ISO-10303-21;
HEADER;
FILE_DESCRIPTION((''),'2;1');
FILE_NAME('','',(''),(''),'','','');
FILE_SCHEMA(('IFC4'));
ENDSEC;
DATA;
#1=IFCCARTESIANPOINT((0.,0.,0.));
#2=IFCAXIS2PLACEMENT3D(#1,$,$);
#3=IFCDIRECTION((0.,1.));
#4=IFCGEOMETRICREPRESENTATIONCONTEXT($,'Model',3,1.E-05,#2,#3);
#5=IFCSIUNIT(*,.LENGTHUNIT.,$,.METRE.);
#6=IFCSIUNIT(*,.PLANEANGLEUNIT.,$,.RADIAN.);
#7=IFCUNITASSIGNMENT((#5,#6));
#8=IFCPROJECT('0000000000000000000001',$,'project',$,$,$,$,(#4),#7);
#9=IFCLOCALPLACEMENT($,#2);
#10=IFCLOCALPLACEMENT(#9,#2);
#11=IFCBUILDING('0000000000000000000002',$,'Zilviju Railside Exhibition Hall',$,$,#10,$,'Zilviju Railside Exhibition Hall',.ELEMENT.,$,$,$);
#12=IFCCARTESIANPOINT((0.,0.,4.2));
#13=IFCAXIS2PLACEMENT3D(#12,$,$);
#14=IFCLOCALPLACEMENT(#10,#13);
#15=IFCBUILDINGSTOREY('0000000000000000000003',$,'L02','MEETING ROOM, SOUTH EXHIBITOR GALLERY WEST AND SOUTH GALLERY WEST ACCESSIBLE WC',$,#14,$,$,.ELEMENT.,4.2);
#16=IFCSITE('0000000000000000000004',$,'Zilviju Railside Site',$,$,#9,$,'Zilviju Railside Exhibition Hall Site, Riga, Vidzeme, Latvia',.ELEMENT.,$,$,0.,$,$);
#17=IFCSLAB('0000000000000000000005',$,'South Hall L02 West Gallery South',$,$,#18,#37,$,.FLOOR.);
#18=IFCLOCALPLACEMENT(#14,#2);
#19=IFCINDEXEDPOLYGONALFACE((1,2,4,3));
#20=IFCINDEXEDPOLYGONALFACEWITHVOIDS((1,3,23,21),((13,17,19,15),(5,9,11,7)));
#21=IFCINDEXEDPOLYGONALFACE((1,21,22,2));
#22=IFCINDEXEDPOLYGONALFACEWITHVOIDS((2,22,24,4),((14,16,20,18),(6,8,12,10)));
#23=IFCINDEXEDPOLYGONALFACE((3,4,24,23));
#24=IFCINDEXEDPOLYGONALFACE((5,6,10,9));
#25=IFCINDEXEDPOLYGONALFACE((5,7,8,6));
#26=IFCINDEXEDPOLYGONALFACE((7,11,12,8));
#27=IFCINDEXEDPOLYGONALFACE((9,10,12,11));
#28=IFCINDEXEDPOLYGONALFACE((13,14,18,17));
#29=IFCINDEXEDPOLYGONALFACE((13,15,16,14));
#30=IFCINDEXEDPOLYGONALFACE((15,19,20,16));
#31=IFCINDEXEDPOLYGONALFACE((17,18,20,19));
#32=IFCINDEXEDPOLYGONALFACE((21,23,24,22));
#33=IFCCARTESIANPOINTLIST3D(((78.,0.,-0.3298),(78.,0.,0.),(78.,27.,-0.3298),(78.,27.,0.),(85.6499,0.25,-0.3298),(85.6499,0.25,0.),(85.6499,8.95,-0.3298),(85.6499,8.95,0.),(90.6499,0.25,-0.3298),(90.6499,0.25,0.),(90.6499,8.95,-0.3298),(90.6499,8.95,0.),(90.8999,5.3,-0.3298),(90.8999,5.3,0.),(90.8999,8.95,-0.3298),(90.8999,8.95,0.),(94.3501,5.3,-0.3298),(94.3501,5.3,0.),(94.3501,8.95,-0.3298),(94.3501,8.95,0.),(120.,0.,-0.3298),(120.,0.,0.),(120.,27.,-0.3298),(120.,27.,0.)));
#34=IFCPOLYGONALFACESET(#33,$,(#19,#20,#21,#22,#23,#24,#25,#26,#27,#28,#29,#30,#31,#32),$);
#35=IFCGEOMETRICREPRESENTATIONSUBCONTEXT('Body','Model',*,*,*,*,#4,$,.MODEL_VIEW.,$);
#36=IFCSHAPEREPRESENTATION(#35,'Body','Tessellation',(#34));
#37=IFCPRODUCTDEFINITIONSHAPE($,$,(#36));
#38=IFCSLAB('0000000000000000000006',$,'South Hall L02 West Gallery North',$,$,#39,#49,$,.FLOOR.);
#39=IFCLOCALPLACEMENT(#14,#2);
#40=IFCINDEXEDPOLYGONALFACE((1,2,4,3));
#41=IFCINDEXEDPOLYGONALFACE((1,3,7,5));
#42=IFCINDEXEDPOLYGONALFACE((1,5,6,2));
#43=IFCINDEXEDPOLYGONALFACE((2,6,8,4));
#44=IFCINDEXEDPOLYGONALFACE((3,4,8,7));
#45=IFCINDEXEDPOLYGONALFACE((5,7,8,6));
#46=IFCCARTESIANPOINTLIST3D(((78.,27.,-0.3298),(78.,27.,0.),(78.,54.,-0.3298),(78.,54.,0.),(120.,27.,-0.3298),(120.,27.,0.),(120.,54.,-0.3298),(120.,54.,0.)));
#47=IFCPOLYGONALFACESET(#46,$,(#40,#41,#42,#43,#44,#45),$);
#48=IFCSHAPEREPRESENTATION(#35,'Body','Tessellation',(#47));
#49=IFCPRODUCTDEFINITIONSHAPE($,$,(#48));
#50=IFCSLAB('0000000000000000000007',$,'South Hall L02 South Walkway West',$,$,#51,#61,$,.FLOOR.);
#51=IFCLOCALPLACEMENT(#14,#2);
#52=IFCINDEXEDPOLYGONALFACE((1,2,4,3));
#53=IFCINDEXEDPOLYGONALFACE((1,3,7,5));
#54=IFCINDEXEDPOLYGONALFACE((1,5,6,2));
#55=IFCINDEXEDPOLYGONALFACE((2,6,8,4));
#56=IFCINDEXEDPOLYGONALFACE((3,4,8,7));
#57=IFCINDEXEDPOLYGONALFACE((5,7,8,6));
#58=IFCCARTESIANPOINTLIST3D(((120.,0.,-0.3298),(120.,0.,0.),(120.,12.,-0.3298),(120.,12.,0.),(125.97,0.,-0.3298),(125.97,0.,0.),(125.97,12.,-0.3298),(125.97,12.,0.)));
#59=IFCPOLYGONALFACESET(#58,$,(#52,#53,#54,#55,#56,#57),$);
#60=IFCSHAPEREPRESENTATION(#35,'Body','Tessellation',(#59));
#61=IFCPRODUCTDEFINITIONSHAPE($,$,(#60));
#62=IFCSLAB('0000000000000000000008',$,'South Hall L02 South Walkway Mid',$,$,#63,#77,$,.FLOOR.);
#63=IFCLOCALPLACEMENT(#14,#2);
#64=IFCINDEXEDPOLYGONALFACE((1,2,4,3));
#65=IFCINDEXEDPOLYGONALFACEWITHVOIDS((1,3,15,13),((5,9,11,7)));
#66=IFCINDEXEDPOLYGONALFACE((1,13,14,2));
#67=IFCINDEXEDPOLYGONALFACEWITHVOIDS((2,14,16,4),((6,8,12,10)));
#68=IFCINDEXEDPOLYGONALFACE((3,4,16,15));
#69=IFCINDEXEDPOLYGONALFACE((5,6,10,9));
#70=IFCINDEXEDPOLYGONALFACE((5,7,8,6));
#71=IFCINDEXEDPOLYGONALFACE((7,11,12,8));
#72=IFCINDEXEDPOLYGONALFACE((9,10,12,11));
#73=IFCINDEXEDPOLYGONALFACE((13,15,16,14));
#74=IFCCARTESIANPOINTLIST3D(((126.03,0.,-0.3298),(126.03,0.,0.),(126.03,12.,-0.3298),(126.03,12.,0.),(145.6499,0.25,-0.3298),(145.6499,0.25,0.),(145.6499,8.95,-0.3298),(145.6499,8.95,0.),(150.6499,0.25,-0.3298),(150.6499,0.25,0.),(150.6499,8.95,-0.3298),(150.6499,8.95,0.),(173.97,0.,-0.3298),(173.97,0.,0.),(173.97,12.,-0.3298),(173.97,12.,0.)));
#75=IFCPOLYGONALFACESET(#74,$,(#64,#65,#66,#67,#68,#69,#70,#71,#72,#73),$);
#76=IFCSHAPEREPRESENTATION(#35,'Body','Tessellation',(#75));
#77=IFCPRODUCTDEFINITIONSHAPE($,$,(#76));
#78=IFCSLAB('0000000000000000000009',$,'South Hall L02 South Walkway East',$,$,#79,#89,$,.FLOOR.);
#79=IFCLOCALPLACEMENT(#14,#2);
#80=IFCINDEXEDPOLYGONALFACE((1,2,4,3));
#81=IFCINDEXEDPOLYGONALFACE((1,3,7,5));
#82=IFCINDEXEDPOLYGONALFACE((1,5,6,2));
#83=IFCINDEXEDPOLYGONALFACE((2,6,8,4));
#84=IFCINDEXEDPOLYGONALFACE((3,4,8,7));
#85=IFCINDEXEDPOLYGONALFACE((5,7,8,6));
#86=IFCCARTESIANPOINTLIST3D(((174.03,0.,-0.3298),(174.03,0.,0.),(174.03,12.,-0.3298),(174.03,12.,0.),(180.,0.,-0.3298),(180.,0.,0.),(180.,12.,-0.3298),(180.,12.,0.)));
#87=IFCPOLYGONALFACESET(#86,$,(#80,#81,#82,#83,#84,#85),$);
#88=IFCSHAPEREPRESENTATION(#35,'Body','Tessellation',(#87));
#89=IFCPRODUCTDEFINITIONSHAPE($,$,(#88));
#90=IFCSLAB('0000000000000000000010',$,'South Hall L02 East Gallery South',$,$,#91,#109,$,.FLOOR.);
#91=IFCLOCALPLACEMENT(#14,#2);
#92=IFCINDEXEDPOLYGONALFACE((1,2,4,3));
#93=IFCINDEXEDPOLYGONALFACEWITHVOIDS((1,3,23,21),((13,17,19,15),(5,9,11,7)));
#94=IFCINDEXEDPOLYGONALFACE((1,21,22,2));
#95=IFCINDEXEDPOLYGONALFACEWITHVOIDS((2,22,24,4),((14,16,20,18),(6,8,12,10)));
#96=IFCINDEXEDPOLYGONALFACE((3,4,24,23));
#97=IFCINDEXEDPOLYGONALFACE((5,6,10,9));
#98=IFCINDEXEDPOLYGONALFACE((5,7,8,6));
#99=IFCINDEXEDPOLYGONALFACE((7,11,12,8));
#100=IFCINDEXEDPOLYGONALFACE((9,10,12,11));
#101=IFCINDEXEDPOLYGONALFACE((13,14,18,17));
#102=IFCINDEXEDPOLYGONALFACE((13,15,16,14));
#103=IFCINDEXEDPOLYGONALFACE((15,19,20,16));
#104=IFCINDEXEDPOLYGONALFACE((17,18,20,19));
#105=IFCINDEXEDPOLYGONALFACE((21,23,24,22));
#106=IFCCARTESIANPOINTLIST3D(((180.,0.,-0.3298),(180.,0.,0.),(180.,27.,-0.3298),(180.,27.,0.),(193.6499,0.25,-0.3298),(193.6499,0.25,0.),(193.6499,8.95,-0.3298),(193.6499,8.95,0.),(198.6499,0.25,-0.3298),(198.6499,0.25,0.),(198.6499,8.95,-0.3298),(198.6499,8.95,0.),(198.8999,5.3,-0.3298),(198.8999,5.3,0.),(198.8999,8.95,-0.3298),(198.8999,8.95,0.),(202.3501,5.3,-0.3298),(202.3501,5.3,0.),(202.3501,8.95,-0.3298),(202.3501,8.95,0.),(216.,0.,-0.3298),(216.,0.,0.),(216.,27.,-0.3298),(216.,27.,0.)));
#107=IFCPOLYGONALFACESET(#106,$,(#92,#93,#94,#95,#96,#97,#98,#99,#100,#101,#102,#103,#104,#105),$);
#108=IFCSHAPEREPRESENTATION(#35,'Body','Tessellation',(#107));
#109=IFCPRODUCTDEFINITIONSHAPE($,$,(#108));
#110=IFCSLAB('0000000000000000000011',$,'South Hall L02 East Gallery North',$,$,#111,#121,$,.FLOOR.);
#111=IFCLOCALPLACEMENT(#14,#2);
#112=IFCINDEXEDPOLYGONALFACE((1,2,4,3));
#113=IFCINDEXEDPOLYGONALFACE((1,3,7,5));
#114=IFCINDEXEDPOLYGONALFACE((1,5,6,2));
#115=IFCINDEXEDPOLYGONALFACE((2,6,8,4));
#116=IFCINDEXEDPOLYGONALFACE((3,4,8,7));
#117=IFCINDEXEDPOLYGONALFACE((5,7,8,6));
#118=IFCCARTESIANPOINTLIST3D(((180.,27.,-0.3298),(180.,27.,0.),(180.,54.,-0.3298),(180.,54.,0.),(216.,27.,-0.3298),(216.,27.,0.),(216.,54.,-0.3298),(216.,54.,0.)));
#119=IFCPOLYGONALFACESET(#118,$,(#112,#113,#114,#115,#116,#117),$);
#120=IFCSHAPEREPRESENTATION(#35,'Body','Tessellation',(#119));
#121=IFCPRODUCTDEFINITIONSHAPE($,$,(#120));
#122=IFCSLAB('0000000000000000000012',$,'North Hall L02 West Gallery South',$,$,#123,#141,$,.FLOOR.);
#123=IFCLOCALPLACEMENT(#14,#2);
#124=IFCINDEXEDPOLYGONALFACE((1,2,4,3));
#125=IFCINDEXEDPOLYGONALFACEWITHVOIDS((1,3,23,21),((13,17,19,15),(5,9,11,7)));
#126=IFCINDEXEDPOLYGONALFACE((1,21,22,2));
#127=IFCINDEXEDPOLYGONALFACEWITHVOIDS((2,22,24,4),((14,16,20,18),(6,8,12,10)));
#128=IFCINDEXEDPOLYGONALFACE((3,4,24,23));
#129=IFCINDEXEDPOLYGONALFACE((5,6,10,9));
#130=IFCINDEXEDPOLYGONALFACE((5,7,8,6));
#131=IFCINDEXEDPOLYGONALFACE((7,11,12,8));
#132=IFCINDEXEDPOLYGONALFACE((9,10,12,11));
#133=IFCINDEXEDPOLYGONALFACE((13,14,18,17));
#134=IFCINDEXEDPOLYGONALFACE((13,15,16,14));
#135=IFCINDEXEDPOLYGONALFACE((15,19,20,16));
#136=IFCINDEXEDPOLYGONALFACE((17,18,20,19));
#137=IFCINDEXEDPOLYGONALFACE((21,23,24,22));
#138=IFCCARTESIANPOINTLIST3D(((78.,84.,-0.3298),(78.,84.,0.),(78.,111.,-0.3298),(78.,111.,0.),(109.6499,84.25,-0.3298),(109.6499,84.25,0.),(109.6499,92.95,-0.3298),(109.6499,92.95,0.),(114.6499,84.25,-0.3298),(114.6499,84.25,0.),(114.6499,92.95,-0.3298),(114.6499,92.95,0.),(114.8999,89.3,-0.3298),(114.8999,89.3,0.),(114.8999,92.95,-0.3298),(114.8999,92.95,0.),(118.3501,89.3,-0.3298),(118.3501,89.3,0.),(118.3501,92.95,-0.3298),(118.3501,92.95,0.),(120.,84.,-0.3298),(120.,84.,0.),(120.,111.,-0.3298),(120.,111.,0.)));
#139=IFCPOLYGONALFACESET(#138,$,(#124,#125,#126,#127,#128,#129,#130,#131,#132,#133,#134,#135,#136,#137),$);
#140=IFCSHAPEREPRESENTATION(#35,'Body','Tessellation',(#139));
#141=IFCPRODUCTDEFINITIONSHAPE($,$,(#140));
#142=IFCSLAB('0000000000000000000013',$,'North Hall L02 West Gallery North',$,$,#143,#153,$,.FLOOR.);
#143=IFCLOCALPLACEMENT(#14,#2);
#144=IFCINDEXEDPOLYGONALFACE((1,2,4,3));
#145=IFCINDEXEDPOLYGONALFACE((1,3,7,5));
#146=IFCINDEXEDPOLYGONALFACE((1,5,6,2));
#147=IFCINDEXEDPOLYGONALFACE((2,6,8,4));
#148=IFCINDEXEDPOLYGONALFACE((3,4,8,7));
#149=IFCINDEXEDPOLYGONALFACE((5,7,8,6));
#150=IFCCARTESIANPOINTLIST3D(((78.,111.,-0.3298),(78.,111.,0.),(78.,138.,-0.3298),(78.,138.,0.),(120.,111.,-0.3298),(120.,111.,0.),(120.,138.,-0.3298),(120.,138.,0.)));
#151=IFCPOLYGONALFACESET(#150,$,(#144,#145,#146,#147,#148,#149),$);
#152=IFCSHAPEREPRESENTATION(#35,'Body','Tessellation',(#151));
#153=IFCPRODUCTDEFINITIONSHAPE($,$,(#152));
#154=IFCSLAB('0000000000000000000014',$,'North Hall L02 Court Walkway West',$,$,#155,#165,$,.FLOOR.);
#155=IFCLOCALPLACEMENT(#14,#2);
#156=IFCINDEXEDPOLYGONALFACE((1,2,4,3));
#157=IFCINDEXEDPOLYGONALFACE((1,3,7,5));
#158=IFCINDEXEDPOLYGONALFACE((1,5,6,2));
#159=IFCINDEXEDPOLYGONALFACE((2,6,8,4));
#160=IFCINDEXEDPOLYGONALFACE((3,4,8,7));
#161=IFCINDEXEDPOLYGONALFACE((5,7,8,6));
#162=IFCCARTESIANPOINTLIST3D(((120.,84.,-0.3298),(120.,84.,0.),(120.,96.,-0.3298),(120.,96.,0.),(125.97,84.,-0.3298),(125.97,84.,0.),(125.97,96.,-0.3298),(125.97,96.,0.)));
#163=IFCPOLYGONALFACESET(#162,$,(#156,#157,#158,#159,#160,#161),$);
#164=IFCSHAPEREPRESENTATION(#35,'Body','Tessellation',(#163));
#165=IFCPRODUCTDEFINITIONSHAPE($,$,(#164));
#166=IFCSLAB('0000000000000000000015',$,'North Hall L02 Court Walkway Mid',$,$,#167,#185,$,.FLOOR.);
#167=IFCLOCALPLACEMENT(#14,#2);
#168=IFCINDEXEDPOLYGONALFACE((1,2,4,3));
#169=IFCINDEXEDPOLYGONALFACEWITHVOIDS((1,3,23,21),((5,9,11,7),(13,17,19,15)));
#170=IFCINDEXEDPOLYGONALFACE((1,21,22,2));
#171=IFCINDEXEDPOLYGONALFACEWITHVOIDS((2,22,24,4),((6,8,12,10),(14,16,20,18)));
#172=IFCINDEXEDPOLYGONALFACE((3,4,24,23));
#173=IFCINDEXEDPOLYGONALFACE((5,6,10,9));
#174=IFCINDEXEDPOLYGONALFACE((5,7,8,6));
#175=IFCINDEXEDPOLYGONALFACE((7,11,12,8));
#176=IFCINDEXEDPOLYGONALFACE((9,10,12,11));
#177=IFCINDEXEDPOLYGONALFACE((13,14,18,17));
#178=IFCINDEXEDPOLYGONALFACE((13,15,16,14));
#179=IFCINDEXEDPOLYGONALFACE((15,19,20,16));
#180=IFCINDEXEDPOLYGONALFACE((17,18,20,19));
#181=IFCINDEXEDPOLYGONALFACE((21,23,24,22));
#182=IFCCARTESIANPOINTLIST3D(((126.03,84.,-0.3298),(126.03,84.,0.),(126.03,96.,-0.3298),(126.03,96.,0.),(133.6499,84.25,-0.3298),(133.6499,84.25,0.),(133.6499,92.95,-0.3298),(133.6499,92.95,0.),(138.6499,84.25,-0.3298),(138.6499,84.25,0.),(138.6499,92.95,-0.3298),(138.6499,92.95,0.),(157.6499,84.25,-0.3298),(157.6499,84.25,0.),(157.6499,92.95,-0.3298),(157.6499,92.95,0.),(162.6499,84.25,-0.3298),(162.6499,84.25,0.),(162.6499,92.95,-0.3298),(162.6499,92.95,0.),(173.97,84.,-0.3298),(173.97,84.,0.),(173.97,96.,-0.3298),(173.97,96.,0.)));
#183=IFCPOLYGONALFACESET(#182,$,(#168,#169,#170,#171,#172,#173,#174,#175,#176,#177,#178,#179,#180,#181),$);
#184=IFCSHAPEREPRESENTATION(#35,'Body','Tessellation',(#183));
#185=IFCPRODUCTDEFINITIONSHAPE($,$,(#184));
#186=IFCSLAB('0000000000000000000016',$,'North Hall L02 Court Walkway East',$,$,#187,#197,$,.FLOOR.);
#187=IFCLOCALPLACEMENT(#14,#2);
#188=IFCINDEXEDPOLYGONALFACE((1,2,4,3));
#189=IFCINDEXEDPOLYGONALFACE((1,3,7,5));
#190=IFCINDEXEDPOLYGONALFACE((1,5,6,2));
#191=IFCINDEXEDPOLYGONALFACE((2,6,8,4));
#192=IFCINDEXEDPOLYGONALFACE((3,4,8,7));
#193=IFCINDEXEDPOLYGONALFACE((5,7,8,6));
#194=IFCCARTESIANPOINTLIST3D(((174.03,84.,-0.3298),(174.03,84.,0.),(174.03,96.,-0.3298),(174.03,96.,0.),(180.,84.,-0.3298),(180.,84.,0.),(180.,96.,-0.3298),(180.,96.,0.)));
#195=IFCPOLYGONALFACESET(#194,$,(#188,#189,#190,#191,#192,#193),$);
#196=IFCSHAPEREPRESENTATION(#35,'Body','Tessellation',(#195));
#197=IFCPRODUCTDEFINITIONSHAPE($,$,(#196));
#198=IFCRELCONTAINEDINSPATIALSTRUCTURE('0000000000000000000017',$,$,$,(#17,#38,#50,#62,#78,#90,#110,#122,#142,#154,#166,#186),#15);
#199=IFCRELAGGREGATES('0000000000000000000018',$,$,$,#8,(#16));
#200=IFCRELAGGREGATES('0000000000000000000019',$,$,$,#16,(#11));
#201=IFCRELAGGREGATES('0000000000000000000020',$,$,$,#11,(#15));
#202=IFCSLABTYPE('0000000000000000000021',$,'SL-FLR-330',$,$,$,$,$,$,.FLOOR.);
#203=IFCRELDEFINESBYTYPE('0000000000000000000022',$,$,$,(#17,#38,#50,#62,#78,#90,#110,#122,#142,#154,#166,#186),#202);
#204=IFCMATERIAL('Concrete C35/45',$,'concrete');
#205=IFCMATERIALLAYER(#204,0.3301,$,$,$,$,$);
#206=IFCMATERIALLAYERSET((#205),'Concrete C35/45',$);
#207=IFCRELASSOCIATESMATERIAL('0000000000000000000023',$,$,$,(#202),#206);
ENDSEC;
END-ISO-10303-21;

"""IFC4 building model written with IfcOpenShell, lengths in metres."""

from ifc_helpers import new_model, si_unit, direction, frame, origin, place, context, subcontext, project, spatial, polyline, outline, extrude, material, layer, layer_set, type_object, element, save


model = new_model("IFC4")

# Units and contexts
model_context = context("Model", 3, precision=1e-05, world=origin(), true_north=direction((0.0, 1.0)))
body_context = subcontext(model_context, "Body", "Model", "MODEL_VIEW")
ifc_project = project(units=[si_unit("LENGTHUNIT", "METRE"), si_unit("PLANEANGLEUNIT", "RADIAN")], contexts=[model_context])

# Site, building, storey
site_placement = place(None, origin())
site = spatial("IfcSite", under=ifc_project, at=site_placement, Name="Zilviju Railside Site", LongName="Zilviju Railside Exhibition Hall Site, Riga, Vidzeme, Latvia", CompositionType="ELEMENT", RefElevation=0.0)
building_placement = place(site_placement, origin())
building = spatial("IfcBuilding", under=site, at=building_placement, Name="Zilviju Railside Exhibition Hall", LongName="Zilviju Railside Exhibition Hall", CompositionType="ELEMENT")
storey_placement = place(building_placement, frame((0.0, 0.0, 4.2)))
storey = spatial("IfcBuildingStorey", under=building, at=storey_placement, Name="L02", Description="MEETING ROOM, SOUTH EXHIBITOR GALLERY WEST AND SOUTH GALLERY WEST ACCESSIBLE WC", CompositionType="ELEMENT", Elevation=4.2)

# Slabs
ifc_material = material(Name="Concrete C35/45", Category="concrete")
ifc_layer_1 = layer(ifc_material, 0.3301)
ifc_layer_set_1 = layer_set([ifc_layer_1], Name="Concrete C35/45")
slab_type_1 = type_object("IfcSlabType", Name="SL-FLR-330", PredefinedType="FLOOR", material=ifc_layer_set_1)
slab_1_placement = place(storey_placement, frame((0.0, 0.0, -0.3298)))
element("IfcSlab", 1, at=slab_1_placement, inside=storey, type_object=slab_type_1, Name="South Hall L02 West Gallery South", PredefinedType="FLOOR", context=body_context, shape_type="SweptSolid", body=[
    extrude(outline(polyline([(78.0, 0.0), (120.0, 0.0), (120.0, 27.0), (78.0, 27.0), (78.0, 0.0)]), holes=[polyline([(85.6499, 0.25), (90.6499, 0.25), (90.6499, 8.95), (85.6499, 8.95), (85.6499, 0.25)]), polyline([(90.8999, 5.3), (94.3501, 5.3), (94.3501, 8.95), (90.8999, 8.95), (90.8999, 5.3)])]), origin(), (0.0, 0.0, 1.0), 0.3298),
])
slab_2_placement = place(storey_placement, frame((0.0, 0.0, -0.3298)))
element("IfcSlab", 2, at=slab_2_placement, inside=storey, type_object=slab_type_1, Name="South Hall L02 West Gallery North", PredefinedType="FLOOR", context=body_context, shape_type="SweptSolid", body=[
    extrude(outline(polyline([(78.0, 27.0), (120.0, 27.0), (120.0, 54.0), (78.0, 54.0), (78.0, 27.0)])), origin(), (0.0, 0.0, 1.0), 0.3298),
])
slab_3_placement = place(storey_placement, frame((0.0, 0.0, -0.3298)))
element("IfcSlab", 3, at=slab_3_placement, inside=storey, type_object=slab_type_1, Name="South Hall L02 South Walkway West", PredefinedType="FLOOR", context=body_context, shape_type="SweptSolid", body=[
    extrude(outline(polyline([(120.0, 0.0), (125.97, 0.0), (125.97, 12.0), (120.0, 12.0), (120.0, 0.0)])), origin(), (0.0, 0.0, 1.0), 0.3298),
])
slab_4_placement = place(storey_placement, frame((0.0, 0.0, -0.3298)))
element("IfcSlab", 4, at=slab_4_placement, inside=storey, type_object=slab_type_1, Name="South Hall L02 South Walkway Mid", PredefinedType="FLOOR", context=body_context, shape_type="SweptSolid", body=[
    extrude(outline(polyline([(126.03, 0.0), (173.97, 0.0), (173.97, 12.0), (126.03, 12.0), (126.03, 0.0)]), holes=[polyline([(145.6499, 0.25), (150.6499, 0.25), (150.6499, 8.95), (145.6499, 8.95), (145.6499, 0.25)])]), origin(), (0.0, 0.0, 1.0), 0.3298),
])
slab_5_placement = place(storey_placement, frame((0.0, 0.0, -0.3298)))
element("IfcSlab", 5, at=slab_5_placement, inside=storey, type_object=slab_type_1, Name="South Hall L02 South Walkway East", PredefinedType="FLOOR", context=body_context, shape_type="SweptSolid", body=[
    extrude(outline(polyline([(174.03, 0.0), (180.0, 0.0), (180.0, 12.0), (174.03, 12.0), (174.03, 0.0)])), origin(), (0.0, 0.0, 1.0), 0.3298),
])
slab_6_placement = place(storey_placement, frame((0.0, 0.0, -0.3298)))
element("IfcSlab", 6, at=slab_6_placement, inside=storey, type_object=slab_type_1, Name="South Hall L02 East Gallery South", PredefinedType="FLOOR", context=body_context, shape_type="SweptSolid", body=[
    extrude(outline(polyline([(180.0, 0.0), (216.0, 0.0), (216.0, 27.0), (180.0, 27.0), (180.0, 0.0)]), holes=[polyline([(193.6499, 0.25), (198.6499, 0.25), (198.6499, 8.95), (193.6499, 8.95), (193.6499, 0.25)]), polyline([(198.8999, 5.3), (202.3501, 5.3), (202.3501, 8.95), (198.8999, 8.95), (198.8999, 5.3)])]), origin(), (0.0, 0.0, 1.0), 0.3298),
])
slab_7_placement = place(storey_placement, frame((0.0, 0.0, -0.3298)))
element("IfcSlab", 7, at=slab_7_placement, inside=storey, type_object=slab_type_1, Name="South Hall L02 East Gallery North", PredefinedType="FLOOR", context=body_context, shape_type="SweptSolid", body=[
    extrude(outline(polyline([(180.0, 27.0), (216.0, 27.0), (216.0, 54.0), (180.0, 54.0), (180.0, 27.0)])), origin(), (0.0, 0.0, 1.0), 0.3298),
])
slab_8_placement = place(storey_placement, frame((0.0, 0.0, -0.3298)))
element("IfcSlab", 8, at=slab_8_placement, inside=storey, type_object=slab_type_1, Name="North Hall L02 West Gallery South", PredefinedType="FLOOR", context=body_context, shape_type="SweptSolid", body=[
    extrude(outline(polyline([(78.0, 84.0), (120.0, 84.0), (120.0, 111.0), (78.0, 111.0), (78.0, 84.0)]), holes=[polyline([(109.6499, 84.25), (114.6499, 84.25), (114.6499, 92.95), (109.6499, 92.95), (109.6499, 84.25)]), polyline([(114.8999, 89.3), (118.3501, 89.3), (118.3501, 92.95), (114.8999, 92.95), (114.8999, 89.3)])]), origin(), (0.0, 0.0, 1.0), 0.3298),
])
slab_9_placement = place(storey_placement, frame((0.0, 0.0, -0.3298)))
element("IfcSlab", 9, at=slab_9_placement, inside=storey, type_object=slab_type_1, Name="North Hall L02 West Gallery North", PredefinedType="FLOOR", context=body_context, shape_type="SweptSolid", body=[
    extrude(outline(polyline([(78.0, 111.0), (120.0, 111.0), (120.0, 138.0), (78.0, 138.0), (78.0, 111.0)])), origin(), (0.0, 0.0, 1.0), 0.3298),
])
slab_10_placement = place(storey_placement, frame((0.0, 0.0, -0.3298)))
element("IfcSlab", 10, at=slab_10_placement, inside=storey, type_object=slab_type_1, Name="North Hall L02 Court Walkway West", PredefinedType="FLOOR", context=body_context, shape_type="SweptSolid", body=[
    extrude(outline(polyline([(120.0, 84.0), (125.97, 84.0), (125.97, 96.0), (120.0, 96.0), (120.0, 84.0)])), origin(), (0.0, 0.0, 1.0), 0.3298),
])
slab_11_placement = place(storey_placement, frame((0.0, 0.0, -0.3298)))
element("IfcSlab", 11, at=slab_11_placement, inside=storey, type_object=slab_type_1, Name="North Hall L02 Court Walkway Mid", PredefinedType="FLOOR", context=body_context, shape_type="SweptSolid", body=[
    extrude(outline(polyline([(126.03, 84.0), (173.97, 84.0), (173.97, 96.0), (126.03, 96.0), (126.03, 84.0)]), holes=[polyline([(133.6499, 84.25), (138.6499, 84.25), (138.6499, 92.95), (133.6499, 92.95), (133.6499, 84.25)]), polyline([(157.6499, 84.25), (162.6499, 84.25), (162.6499, 92.95), (157.6499, 92.95), (157.6499, 84.25)])]), origin(), (0.0, 0.0, 1.0), 0.3298),
])
slab_12_placement = place(storey_placement, frame((0.0, 0.0, -0.3298)))
element("IfcSlab", 12, at=slab_12_placement, inside=storey, type_object=slab_type_1, Name="North Hall L02 Court Walkway East", PredefinedType="FLOOR", context=body_context, shape_type="SweptSolid", body=[
    extrude(outline(polyline([(174.03, 84.0), (180.0, 84.0), (180.0, 96.0), (174.03, 96.0), (174.03, 84.0)])), origin(), (0.0, 0.0, 1.0), 0.3298),
])

save(model, "model.ifc")
